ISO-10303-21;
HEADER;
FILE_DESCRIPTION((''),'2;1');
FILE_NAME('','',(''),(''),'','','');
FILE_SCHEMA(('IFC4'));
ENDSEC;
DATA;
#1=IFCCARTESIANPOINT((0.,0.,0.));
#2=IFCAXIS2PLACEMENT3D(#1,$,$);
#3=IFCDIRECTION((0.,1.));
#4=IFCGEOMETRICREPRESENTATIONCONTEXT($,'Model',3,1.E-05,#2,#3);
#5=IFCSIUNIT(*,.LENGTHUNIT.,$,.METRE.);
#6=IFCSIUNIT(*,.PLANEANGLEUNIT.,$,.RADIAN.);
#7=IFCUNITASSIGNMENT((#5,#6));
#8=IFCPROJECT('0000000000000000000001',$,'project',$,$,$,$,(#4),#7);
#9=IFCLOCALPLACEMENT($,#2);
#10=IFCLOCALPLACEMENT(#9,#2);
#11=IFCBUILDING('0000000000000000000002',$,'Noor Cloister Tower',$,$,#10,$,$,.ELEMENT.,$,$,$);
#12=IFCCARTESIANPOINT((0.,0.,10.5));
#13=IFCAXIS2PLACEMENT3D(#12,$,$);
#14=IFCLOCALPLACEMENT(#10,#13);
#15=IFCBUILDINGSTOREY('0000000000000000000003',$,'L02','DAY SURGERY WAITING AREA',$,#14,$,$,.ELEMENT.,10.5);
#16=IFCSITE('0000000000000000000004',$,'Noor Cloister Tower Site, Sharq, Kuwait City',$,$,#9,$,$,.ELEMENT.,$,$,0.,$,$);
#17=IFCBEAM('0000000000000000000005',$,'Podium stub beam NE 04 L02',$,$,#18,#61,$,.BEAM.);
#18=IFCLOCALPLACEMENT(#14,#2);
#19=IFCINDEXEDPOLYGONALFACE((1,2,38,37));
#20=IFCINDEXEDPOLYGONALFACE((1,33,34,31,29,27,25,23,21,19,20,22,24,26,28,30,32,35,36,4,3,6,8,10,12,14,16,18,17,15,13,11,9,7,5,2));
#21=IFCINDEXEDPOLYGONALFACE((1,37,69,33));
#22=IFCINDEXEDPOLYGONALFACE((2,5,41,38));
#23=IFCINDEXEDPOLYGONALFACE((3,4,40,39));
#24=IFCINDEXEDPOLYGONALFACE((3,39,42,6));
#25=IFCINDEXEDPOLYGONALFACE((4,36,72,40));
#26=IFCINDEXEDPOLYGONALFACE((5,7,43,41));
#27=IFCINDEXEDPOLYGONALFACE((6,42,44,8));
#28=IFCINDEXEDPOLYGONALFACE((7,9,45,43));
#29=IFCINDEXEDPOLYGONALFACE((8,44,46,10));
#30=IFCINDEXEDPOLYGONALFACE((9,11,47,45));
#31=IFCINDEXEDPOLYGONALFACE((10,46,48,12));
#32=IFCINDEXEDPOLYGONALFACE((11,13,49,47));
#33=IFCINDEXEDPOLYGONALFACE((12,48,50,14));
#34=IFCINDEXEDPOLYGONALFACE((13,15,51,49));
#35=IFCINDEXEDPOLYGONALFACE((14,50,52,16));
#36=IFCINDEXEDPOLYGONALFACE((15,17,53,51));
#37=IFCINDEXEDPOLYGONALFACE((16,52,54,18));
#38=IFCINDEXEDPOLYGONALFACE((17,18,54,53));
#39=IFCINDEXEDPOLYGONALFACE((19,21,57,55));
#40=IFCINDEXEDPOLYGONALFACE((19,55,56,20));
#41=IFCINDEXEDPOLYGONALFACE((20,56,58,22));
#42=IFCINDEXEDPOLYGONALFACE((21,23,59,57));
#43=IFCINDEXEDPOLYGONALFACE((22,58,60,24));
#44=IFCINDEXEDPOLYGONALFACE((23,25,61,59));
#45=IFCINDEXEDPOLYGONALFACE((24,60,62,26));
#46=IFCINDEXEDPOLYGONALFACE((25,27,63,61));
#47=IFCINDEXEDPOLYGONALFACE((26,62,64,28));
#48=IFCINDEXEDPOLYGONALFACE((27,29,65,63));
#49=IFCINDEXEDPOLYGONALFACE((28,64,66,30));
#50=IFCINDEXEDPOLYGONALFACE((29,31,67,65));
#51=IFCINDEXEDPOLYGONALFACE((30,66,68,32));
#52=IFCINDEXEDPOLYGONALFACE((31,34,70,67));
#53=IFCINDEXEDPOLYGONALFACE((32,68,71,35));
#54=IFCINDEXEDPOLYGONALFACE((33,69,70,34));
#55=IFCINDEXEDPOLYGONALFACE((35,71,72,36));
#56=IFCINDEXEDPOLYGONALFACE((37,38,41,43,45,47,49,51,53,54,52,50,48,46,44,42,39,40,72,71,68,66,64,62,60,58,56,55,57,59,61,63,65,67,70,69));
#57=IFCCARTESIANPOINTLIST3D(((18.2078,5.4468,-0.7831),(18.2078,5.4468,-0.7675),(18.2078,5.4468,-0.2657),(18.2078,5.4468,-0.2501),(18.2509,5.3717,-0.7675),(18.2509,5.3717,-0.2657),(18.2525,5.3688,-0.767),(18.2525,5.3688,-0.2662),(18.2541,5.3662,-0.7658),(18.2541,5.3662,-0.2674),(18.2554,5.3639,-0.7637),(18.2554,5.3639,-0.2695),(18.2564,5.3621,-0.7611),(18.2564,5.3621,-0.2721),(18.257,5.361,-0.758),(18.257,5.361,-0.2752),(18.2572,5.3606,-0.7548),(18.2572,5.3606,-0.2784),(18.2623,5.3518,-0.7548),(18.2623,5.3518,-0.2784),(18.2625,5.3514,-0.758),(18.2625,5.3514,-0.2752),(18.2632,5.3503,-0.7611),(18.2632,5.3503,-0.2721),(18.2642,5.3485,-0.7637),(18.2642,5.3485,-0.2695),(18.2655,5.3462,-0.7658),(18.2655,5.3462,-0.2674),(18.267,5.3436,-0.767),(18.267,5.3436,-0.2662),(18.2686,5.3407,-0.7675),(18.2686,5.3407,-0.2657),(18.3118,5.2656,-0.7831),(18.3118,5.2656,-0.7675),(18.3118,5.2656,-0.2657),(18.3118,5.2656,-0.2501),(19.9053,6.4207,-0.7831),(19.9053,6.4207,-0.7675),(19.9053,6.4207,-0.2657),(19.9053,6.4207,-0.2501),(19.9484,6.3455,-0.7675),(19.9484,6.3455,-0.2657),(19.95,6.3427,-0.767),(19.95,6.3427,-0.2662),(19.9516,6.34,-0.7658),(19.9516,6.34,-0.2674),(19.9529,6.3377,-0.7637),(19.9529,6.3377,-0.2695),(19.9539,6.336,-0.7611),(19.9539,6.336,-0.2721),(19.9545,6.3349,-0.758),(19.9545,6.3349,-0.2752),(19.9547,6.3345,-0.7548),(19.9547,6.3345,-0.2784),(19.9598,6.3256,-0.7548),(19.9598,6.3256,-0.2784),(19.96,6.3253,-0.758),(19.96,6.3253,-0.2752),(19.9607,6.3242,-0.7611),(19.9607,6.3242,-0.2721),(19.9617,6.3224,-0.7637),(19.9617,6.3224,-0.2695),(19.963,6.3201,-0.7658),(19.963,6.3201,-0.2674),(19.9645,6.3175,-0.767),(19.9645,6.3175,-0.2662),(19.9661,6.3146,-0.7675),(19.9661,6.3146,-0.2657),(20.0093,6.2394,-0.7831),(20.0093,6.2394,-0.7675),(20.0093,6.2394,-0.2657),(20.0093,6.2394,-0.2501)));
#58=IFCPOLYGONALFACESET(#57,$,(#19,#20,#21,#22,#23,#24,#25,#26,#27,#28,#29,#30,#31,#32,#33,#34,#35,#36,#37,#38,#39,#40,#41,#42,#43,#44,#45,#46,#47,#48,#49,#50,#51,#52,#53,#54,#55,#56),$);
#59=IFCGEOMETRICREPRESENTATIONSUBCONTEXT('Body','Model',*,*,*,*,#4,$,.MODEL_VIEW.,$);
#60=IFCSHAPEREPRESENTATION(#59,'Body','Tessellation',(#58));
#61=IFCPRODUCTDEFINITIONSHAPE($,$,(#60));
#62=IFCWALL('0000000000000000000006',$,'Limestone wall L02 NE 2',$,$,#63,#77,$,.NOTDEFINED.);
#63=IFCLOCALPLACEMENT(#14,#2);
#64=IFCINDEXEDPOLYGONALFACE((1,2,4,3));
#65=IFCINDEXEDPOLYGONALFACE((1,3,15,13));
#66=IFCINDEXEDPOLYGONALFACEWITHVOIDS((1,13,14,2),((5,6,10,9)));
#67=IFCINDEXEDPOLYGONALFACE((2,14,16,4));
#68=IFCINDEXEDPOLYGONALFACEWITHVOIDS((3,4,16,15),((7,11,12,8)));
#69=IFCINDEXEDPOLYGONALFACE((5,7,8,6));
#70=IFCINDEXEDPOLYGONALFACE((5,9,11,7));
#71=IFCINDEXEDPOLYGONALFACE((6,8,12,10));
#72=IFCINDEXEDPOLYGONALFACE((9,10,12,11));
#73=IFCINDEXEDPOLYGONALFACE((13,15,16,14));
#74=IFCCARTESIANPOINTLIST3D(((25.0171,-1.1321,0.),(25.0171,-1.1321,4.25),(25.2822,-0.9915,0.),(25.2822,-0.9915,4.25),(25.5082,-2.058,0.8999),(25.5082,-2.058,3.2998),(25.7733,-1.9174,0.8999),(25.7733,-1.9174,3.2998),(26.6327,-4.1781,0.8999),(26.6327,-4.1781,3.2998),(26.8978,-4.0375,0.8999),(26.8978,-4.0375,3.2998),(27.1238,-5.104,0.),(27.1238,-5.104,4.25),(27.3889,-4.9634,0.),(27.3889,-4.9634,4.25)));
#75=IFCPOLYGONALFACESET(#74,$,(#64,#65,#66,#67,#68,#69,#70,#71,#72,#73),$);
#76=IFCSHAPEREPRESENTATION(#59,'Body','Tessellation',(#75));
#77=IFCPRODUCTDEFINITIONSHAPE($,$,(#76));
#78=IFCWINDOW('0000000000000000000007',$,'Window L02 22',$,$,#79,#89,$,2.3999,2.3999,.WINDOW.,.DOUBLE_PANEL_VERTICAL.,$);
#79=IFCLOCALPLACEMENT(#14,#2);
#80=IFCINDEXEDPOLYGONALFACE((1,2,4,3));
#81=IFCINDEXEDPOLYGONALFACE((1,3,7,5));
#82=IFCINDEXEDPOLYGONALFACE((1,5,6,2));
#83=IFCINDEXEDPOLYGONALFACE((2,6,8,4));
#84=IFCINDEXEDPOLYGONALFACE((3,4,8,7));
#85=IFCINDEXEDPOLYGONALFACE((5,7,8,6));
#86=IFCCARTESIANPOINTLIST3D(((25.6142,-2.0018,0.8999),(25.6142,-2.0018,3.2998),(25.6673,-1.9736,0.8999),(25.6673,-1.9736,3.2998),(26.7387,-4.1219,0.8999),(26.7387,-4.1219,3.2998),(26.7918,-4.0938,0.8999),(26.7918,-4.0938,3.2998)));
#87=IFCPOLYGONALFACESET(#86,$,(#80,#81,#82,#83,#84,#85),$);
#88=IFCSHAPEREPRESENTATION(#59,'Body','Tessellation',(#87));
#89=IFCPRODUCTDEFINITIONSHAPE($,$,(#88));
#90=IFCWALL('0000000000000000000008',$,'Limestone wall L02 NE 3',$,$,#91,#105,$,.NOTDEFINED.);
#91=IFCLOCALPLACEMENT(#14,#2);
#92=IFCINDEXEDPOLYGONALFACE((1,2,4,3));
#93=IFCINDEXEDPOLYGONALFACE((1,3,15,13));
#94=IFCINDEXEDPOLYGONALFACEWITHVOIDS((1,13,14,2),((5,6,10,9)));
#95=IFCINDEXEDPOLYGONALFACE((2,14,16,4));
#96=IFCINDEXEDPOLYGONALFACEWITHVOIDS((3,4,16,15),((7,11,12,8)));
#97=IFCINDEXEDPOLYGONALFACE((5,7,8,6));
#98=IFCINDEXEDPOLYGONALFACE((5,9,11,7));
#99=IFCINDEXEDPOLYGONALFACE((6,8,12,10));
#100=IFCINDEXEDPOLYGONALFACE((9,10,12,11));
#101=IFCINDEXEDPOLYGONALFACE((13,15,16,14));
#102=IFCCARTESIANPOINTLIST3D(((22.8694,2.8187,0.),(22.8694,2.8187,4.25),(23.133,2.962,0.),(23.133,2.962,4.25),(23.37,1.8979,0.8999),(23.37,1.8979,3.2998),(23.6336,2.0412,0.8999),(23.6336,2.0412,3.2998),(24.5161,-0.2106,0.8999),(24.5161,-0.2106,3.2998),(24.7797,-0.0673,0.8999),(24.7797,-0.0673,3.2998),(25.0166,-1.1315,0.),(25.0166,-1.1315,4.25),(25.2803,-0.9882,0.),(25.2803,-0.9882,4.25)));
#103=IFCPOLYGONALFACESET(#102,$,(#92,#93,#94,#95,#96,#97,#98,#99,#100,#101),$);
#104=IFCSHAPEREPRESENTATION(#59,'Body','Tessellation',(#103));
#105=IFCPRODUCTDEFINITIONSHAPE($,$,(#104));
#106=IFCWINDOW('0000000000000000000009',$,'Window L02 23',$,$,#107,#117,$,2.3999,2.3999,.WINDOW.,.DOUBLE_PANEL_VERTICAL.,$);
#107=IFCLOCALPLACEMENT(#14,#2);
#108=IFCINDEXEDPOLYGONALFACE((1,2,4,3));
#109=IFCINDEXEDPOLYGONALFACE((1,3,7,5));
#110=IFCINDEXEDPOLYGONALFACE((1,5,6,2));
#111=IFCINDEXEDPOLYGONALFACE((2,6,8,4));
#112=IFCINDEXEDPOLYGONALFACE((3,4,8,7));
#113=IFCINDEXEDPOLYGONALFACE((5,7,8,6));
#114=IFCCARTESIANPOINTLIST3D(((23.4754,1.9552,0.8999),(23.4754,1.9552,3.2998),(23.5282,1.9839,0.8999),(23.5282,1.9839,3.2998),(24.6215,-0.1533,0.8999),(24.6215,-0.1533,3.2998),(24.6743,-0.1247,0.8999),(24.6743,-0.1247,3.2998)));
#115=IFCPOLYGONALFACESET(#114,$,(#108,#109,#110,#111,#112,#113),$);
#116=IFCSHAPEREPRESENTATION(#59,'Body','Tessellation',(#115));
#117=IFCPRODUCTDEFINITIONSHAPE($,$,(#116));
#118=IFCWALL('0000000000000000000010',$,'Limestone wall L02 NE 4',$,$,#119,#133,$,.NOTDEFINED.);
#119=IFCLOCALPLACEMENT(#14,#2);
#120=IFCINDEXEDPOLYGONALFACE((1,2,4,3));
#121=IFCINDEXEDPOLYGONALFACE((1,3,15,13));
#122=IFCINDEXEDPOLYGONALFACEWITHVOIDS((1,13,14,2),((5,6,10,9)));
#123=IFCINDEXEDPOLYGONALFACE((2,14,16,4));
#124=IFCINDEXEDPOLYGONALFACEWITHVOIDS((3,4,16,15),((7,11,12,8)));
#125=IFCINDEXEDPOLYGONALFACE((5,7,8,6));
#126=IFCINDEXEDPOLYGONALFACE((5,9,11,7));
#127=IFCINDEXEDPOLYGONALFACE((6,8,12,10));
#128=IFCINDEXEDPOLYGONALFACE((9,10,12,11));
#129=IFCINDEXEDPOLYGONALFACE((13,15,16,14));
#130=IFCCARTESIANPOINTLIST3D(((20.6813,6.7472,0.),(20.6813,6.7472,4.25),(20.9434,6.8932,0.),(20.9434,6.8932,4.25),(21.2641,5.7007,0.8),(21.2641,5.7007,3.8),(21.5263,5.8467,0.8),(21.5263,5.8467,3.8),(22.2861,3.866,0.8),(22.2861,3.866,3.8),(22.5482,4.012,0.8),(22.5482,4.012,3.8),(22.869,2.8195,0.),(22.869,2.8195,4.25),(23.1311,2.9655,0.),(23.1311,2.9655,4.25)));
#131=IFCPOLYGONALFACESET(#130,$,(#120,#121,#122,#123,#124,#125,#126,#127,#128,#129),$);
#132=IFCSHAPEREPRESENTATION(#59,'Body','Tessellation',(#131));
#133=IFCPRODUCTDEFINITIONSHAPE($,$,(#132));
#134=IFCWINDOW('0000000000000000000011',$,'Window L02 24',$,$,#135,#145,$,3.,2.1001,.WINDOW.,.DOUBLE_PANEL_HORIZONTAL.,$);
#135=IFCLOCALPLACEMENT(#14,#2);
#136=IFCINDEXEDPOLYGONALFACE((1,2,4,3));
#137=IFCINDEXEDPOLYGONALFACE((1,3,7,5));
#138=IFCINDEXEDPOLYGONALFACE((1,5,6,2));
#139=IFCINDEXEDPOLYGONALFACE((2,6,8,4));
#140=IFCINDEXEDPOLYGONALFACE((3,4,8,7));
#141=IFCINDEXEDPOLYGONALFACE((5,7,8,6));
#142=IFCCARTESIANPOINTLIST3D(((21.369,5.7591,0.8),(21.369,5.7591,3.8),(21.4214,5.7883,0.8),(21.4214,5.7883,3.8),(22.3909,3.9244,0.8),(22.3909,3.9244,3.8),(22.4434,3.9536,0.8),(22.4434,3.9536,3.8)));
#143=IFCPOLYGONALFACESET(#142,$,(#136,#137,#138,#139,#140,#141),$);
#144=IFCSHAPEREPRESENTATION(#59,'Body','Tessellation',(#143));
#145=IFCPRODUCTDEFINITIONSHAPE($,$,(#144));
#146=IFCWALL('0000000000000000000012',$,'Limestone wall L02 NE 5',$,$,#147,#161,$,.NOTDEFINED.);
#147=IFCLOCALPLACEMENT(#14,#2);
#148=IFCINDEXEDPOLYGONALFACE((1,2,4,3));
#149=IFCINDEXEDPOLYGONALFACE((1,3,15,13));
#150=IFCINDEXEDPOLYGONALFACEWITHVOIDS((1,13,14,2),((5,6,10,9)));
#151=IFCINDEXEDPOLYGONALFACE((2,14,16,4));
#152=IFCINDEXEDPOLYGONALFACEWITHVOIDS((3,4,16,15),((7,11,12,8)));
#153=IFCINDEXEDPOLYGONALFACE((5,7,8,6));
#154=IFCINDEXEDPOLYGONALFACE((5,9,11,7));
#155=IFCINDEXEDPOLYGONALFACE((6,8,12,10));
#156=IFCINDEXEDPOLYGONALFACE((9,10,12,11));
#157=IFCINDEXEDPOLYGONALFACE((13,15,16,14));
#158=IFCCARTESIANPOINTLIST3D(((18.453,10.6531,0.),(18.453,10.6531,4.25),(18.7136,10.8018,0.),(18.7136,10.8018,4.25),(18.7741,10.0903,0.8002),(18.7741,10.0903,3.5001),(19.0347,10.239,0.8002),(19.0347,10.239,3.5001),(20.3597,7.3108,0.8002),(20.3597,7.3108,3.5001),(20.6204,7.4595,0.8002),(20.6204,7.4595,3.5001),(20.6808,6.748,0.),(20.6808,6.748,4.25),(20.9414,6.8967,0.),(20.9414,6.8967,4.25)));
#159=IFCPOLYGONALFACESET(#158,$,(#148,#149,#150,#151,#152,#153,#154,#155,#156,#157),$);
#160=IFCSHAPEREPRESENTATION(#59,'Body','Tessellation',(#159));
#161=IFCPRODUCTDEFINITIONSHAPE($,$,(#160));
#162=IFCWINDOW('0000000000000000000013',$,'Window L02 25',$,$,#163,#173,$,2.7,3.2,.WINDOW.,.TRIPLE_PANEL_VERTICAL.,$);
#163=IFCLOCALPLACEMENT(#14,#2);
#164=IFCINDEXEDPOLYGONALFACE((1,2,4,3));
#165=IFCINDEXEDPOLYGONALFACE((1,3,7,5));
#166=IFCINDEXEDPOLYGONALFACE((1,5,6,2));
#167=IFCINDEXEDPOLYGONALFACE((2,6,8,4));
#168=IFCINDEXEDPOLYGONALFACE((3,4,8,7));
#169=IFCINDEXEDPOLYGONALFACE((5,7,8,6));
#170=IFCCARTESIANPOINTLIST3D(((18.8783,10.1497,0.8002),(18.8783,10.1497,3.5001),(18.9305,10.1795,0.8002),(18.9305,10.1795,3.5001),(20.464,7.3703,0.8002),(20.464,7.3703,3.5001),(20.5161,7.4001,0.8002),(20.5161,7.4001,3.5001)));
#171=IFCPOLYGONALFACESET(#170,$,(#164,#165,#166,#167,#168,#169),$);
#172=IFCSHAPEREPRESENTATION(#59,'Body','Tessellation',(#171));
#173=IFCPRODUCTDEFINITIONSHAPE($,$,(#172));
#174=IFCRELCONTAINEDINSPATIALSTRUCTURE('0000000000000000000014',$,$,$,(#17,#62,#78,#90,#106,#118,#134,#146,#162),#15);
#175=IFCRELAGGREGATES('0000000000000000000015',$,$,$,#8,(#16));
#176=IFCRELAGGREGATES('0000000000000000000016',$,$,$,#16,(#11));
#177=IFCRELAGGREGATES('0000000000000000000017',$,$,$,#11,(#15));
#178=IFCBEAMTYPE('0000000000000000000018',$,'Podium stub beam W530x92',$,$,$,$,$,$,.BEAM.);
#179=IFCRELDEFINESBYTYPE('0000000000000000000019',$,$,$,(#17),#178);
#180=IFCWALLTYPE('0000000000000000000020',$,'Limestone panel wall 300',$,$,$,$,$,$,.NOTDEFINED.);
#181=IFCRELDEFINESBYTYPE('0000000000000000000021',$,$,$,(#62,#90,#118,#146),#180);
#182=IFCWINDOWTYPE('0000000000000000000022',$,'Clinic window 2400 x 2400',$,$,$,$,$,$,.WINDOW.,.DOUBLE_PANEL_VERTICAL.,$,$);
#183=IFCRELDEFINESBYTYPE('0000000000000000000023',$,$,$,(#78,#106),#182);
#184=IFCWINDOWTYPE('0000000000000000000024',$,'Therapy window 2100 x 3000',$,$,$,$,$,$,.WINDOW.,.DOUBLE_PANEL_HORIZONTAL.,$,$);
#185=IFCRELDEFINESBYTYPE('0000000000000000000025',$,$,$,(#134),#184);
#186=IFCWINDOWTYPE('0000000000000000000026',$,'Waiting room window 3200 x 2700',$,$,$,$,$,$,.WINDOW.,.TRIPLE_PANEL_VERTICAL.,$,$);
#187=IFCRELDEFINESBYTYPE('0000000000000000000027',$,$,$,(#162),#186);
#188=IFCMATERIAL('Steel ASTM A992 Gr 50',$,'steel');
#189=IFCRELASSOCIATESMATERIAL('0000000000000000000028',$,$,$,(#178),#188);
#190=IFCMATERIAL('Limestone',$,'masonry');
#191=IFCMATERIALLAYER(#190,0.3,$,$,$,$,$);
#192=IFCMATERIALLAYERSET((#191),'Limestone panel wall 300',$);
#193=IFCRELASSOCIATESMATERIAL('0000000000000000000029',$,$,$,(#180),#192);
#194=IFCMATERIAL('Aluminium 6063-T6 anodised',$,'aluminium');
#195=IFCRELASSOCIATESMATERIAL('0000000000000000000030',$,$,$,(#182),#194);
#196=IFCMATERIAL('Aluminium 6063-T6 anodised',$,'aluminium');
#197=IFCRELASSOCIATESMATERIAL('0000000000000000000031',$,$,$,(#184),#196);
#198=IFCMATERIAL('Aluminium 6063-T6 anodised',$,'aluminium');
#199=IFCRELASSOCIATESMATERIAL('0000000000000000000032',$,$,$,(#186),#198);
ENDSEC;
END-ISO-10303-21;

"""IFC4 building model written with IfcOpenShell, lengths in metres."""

from ifc_helpers import new_model, si_unit, direction, frame, frame_2d, origin, origin_2d, place, context, subcontext, project, spatial, rectangle, i_section, extrude, material, layer, layer_set, material_profile, profile_set, type_object, element, fill, save


model = new_model("IFC4")

# Units and contexts
model_context = context("Model", 3, precision=1e-05, world=origin(), true_north=direction((0.0, 1.0)))
body_context = subcontext(model_context, "Body", "Model", "MODEL_VIEW")
ifc_project = project(units=[si_unit("LENGTHUNIT", "METRE"), si_unit("PLANEANGLEUNIT", "RADIAN")], contexts=[model_context])

# Site, building, storey
site_placement = place(None, origin())
site = spatial("IfcSite", under=ifc_project, at=site_placement, Name="Noor Cloister Tower Site, Sharq, Kuwait City", CompositionType="ELEMENT", RefElevation=0.0)
building_placement = place(site_placement, origin())
building = spatial("IfcBuilding", under=site, at=building_placement, Name="Noor Cloister Tower", CompositionType="ELEMENT")
storey_placement = place(building_placement, frame((0.0, 0.0, 10.5)))
storey = spatial("IfcBuildingStorey", under=building, at=storey_placement, Name="L02", Description="DAY SURGERY WAITING AREA", CompositionType="ELEMENT", Elevation=10.5)

# Beam
ifc_material_1 = material(Name="Steel ASTM A992 Gr 50", Category="steel")
ifc_material_profile_1 = material_profile(ifc_material_1, i_section(OverallWidth=0.209, OverallDepth=0.533, WebThickness=0.0103, FlangeThickness=0.0156, FilletRadius=0.0127, at=origin_2d()), Name="W530x92")
ifc_profile_set_1 = profile_set([ifc_material_profile_1], Name="Steel ASTM A992 Gr 50")
beam_type_1 = type_object("IfcBeamType", Name="Podium stub beam W530x92", PredefinedType="BEAM", material=ifc_profile_set_1)
beam_1_placement = place(storey_placement, frame((18.2598, 5.3562, -0.5166), z_axis=(0.86739, 0.497629, 0.0), x_axis=(-0.497629, 0.86739, 0.0)))
element("IfcBeam", 1, at=beam_1_placement, inside=storey, type_object=beam_type_1, Name="Podium stub beam NE 04 L02", PredefinedType="BEAM", context=body_context, shape_type="SweptSolid", body=[
    extrude(i_section(OverallWidth=0.209, OverallDepth=0.533, WebThickness=0.0103, FlangeThickness=0.0156, FilletRadius=0.0127, at=origin_2d()), origin(), (0.0, 0.0, 1.0), 1.957),
])

# Walls, openings, windows
ifc_material_2 = material(Name="Limestone", Category="masonry")
ifc_layer_1 = layer(ifc_material_2, 0.3)
ifc_layer_set_1 = layer_set([ifc_layer_1], Name="Limestone panel wall 300")
wall_type_1 = type_object("IfcWallType", Name="Limestone panel wall 300", PredefinedType="NOTDEFINED", material=ifc_layer_set_1)
wall_1_placement = place(storey_placement, frame((25.1497, -1.0618, 0.0), z_axis=(0.0, 0.0, 1.0), x_axis=(0.468566, -0.883428, 0.0)))
wall_1 = element("IfcWall", 2, at=wall_1_placement, inside=storey, type_object=wall_type_1, Name="Limestone wall L02 NE 2", PredefinedType="NOTDEFINED", context=body_context, shape_type="SweptSolid", body=[
    extrude(rectangle(XDim=4.4961, YDim=0.3, at=frame_2d((2.248, 0.0))), origin(), (0.0, 0.0, 1.0), 4.25),
])
opening_1_placement = place(wall_1_placement, frame((1.0481, 0.0, 0.8999)))
opening_1 = element("IfcOpeningElement", 3, at=opening_1_placement, cuts=wall_1, PredefinedType="OPENING", context=body_context, shape_type="SweptSolid", body=[
    extrude(rectangle(XDim=2.3999, YDim=2.3999, at=frame_2d((1.2, 1.2))), frame((0.0, 0.1602, 0.0), z_axis=(0.0, -1.0, 0.0), x_axis=(1.0, 0.0, 0.0)), (0.0, 0.0, 1.0), 0.3201),
])
ifc_material_3 = material(Name="Aluminium 6063-T6 anodised", Category="aluminium")
window_type_1 = type_object("IfcWindowType", Name="Clinic window 2400 x 2400", PartitioningType="DOUBLE_PANEL_VERTICAL", PredefinedType="WINDOW", material=ifc_material_3)
window_1_placement = place(opening_1_placement, origin())
window_1 = element("IfcWindow", 4, at=window_1_placement, inside=storey, type_object=window_type_1, Name="Window L02 22", OverallHeight=2.3999, OverallWidth=2.3999, PartitioningType="DOUBLE_PANEL_VERTICAL", PredefinedType="WINDOW", context=body_context, shape_type="SweptSolid", body=[
    extrude(rectangle(XDim=2.3999, YDim=2.3999, at=frame_2d((1.2, 1.2))), frame((0.0, 0.03, 0.0), z_axis=(0.0, -1.0, 0.0), x_axis=(1.0, 0.0, 0.0)), (0.0, 0.0, 1.0), 0.0601),
])
fill(opening_1, window_1)
wall_2_placement = place(storey_placement, frame((23.0012, 2.8904, 0.0), z_axis=(0.0, 0.0, 1.0), x_axis=(0.477577, -0.87859, 0.0)))
wall_2 = element("IfcWall", 5, at=wall_2_placement, inside=storey, type_object=wall_type_1, Name="Limestone wall L02 NE 3", PredefinedType="NOTDEFINED", context=body_context, shape_type="SweptSolid", body=[
    extrude(rectangle(XDim=4.4961, YDim=0.3, at=frame_2d((2.248, 0.0))), origin(), (0.0, 0.0, 1.0), 4.25),
])
opening_2_placement = place(wall_2_placement, frame((1.0481, 0.0, 0.8999)))
opening_2 = element("IfcOpeningElement", 6, at=opening_2_placement, cuts=wall_2, PredefinedType="OPENING", context=body_context, shape_type="SweptSolid", body=[
    extrude(rectangle(XDim=2.3999, YDim=2.3999, at=frame_2d((1.2, 1.2))), frame((0.0, 0.1602, 0.0), z_axis=(0.0, -1.0, 0.0), x_axis=(1.0, 0.0, 0.0)), (0.0, 0.0, 1.0), 0.3201),
])
window_2_placement = place(opening_2_placement, origin())
window_2 = element("IfcWindow", 7, at=window_2_placement, inside=storey, type_object=window_type_1, Name="Window L02 23", OverallHeight=2.3999, OverallWidth=2.3999, PartitioningType="DOUBLE_PANEL_VERTICAL", PredefinedType="WINDOW", context=body_context, shape_type="SweptSolid", body=[
    extrude(rectangle(XDim=2.3999, YDim=2.3999, at=frame_2d((1.2, 1.2))), frame((0.0, 0.03, 0.0), z_axis=(0.0, -1.0, 0.0), x_axis=(1.0, 0.0, 0.0)), (0.0, 0.0, 1.0), 0.0601),
])
fill(opening_2, window_2)
wall_3_placement = place(storey_placement, frame((20.8123, 6.8203, 0.0), z_axis=(0.0, 0.0, 1.0), x_axis=(0.486606, -0.873621, 0.0)))
wall_3 = element("IfcWall", 8, at=wall_3_placement, inside=storey, type_object=wall_type_1, Name="Limestone wall L02 NE 4", PredefinedType="NOTDEFINED", context=body_context, shape_type="SweptSolid", body=[
    extrude(rectangle(XDim=4.4958, YDim=0.3, at=frame_2d((2.248, 0.0))), origin(), (0.0, 0.0, 1.0), 4.25),
])
opening_3_placement = place(wall_3_placement, frame((1.198, 0.0, 0.8)))
opening_3 = element("IfcOpeningElement", 9, at=opening_3_placement, cuts=wall_3, PredefinedType="OPENING", context=body_context, shape_type="SweptSolid", body=[
    extrude(rectangle(XDim=2.1001, YDim=3.0, at=frame_2d((1.05, 1.5))), frame((0.0, 0.1602, 0.0), z_axis=(0.0, -1.0, 0.0), x_axis=(1.0, 0.0, 0.0)), (0.0, 0.0, 1.0), 0.3201),
])
ifc_material_4 = material(Name="Aluminium 6063-T6 anodised", Category="aluminium")
window_type_2 = type_object("IfcWindowType", Name="Therapy window 2100 x 3000", PartitioningType="DOUBLE_PANEL_HORIZONTAL", PredefinedType="WINDOW", material=ifc_material_4)
window_3_placement = place(opening_3_placement, origin())
window_3 = element("IfcWindow", 10, at=window_3_placement, inside=storey, type_object=window_type_2, Name="Window L02 24", OverallHeight=3.0, OverallWidth=2.1001, PartitioningType="DOUBLE_PANEL_HORIZONTAL", PredefinedType="WINDOW", context=body_context, shape_type="SweptSolid", body=[
    extrude(rectangle(XDim=2.1001, YDim=3.0, at=frame_2d((1.05, 1.5))), frame((0.0, 0.03, 0.0), z_axis=(0.0, -1.0, 0.0), x_axis=(1.0, 0.0, 0.0)), (0.0, 0.0, 1.0), 0.0601),
])
fill(opening_3, window_3)
wall_4_placement = place(storey_placement, frame((18.5833, 10.7275, 0.0), z_axis=(0.0, 0.0, 1.0), x_axis=(0.495525, -0.868594, 0.0)))
wall_4 = element("IfcWall", 11, at=wall_4_placement, inside=storey, type_object=wall_type_1, Name="Limestone wall L02 NE 5", PredefinedType="NOTDEFINED", context=body_context, shape_type="SweptSolid", body=[
    extrude(rectangle(XDim=4.4958, YDim=0.3, at=frame_2d((2.248, 0.0))), origin(), (0.0, 0.0, 1.0), 4.25),
])
opening_4_placement = place(wall_4_placement, frame((0.6479, 0.0, 0.8)))
opening_4 = element("IfcOpeningElement", 12, at=opening_4_placement, cuts=wall_4, PredefinedType="OPENING", context=body_context, shape_type="SweptSolid", body=[
    extrude(rectangle(XDim=3.2, YDim=2.7, at=frame_2d((1.6001, 1.3501))), frame((0.0, 0.1602, 0.0), z_axis=(0.0, -1.0, 0.0), x_axis=(1.0, 0.0, 0.0)), (0.0, 0.0, 1.0), 0.3201),
])
ifc_material_5 = material(Name="Aluminium 6063-T6 anodised", Category="aluminium")
window_type_3 = type_object("IfcWindowType", Name="Waiting room window 3200 x 2700", PartitioningType="TRIPLE_PANEL_VERTICAL", PredefinedType="WINDOW", material=ifc_material_5)
window_4_placement = place(opening_4_placement, origin())
window_4 = element("IfcWindow", 13, at=window_4_placement, inside=storey, type_object=window_type_3, Name="Window L02 25", OverallHeight=2.7, OverallWidth=3.2, PartitioningType="TRIPLE_PANEL_VERTICAL", PredefinedType="WINDOW", context=body_context, shape_type="SweptSolid", body=[
    extrude(rectangle(XDim=3.2, YDim=2.7, at=frame_2d((1.6001, 1.3501))), frame((0.0, 0.03, 0.0), z_axis=(0.0, -1.0, 0.0), x_axis=(1.0, 0.0, 0.0)), (0.0, 0.0, 1.0), 0.0601),
])
fill(opening_4, window_4)

save(model, "model.ifc")
